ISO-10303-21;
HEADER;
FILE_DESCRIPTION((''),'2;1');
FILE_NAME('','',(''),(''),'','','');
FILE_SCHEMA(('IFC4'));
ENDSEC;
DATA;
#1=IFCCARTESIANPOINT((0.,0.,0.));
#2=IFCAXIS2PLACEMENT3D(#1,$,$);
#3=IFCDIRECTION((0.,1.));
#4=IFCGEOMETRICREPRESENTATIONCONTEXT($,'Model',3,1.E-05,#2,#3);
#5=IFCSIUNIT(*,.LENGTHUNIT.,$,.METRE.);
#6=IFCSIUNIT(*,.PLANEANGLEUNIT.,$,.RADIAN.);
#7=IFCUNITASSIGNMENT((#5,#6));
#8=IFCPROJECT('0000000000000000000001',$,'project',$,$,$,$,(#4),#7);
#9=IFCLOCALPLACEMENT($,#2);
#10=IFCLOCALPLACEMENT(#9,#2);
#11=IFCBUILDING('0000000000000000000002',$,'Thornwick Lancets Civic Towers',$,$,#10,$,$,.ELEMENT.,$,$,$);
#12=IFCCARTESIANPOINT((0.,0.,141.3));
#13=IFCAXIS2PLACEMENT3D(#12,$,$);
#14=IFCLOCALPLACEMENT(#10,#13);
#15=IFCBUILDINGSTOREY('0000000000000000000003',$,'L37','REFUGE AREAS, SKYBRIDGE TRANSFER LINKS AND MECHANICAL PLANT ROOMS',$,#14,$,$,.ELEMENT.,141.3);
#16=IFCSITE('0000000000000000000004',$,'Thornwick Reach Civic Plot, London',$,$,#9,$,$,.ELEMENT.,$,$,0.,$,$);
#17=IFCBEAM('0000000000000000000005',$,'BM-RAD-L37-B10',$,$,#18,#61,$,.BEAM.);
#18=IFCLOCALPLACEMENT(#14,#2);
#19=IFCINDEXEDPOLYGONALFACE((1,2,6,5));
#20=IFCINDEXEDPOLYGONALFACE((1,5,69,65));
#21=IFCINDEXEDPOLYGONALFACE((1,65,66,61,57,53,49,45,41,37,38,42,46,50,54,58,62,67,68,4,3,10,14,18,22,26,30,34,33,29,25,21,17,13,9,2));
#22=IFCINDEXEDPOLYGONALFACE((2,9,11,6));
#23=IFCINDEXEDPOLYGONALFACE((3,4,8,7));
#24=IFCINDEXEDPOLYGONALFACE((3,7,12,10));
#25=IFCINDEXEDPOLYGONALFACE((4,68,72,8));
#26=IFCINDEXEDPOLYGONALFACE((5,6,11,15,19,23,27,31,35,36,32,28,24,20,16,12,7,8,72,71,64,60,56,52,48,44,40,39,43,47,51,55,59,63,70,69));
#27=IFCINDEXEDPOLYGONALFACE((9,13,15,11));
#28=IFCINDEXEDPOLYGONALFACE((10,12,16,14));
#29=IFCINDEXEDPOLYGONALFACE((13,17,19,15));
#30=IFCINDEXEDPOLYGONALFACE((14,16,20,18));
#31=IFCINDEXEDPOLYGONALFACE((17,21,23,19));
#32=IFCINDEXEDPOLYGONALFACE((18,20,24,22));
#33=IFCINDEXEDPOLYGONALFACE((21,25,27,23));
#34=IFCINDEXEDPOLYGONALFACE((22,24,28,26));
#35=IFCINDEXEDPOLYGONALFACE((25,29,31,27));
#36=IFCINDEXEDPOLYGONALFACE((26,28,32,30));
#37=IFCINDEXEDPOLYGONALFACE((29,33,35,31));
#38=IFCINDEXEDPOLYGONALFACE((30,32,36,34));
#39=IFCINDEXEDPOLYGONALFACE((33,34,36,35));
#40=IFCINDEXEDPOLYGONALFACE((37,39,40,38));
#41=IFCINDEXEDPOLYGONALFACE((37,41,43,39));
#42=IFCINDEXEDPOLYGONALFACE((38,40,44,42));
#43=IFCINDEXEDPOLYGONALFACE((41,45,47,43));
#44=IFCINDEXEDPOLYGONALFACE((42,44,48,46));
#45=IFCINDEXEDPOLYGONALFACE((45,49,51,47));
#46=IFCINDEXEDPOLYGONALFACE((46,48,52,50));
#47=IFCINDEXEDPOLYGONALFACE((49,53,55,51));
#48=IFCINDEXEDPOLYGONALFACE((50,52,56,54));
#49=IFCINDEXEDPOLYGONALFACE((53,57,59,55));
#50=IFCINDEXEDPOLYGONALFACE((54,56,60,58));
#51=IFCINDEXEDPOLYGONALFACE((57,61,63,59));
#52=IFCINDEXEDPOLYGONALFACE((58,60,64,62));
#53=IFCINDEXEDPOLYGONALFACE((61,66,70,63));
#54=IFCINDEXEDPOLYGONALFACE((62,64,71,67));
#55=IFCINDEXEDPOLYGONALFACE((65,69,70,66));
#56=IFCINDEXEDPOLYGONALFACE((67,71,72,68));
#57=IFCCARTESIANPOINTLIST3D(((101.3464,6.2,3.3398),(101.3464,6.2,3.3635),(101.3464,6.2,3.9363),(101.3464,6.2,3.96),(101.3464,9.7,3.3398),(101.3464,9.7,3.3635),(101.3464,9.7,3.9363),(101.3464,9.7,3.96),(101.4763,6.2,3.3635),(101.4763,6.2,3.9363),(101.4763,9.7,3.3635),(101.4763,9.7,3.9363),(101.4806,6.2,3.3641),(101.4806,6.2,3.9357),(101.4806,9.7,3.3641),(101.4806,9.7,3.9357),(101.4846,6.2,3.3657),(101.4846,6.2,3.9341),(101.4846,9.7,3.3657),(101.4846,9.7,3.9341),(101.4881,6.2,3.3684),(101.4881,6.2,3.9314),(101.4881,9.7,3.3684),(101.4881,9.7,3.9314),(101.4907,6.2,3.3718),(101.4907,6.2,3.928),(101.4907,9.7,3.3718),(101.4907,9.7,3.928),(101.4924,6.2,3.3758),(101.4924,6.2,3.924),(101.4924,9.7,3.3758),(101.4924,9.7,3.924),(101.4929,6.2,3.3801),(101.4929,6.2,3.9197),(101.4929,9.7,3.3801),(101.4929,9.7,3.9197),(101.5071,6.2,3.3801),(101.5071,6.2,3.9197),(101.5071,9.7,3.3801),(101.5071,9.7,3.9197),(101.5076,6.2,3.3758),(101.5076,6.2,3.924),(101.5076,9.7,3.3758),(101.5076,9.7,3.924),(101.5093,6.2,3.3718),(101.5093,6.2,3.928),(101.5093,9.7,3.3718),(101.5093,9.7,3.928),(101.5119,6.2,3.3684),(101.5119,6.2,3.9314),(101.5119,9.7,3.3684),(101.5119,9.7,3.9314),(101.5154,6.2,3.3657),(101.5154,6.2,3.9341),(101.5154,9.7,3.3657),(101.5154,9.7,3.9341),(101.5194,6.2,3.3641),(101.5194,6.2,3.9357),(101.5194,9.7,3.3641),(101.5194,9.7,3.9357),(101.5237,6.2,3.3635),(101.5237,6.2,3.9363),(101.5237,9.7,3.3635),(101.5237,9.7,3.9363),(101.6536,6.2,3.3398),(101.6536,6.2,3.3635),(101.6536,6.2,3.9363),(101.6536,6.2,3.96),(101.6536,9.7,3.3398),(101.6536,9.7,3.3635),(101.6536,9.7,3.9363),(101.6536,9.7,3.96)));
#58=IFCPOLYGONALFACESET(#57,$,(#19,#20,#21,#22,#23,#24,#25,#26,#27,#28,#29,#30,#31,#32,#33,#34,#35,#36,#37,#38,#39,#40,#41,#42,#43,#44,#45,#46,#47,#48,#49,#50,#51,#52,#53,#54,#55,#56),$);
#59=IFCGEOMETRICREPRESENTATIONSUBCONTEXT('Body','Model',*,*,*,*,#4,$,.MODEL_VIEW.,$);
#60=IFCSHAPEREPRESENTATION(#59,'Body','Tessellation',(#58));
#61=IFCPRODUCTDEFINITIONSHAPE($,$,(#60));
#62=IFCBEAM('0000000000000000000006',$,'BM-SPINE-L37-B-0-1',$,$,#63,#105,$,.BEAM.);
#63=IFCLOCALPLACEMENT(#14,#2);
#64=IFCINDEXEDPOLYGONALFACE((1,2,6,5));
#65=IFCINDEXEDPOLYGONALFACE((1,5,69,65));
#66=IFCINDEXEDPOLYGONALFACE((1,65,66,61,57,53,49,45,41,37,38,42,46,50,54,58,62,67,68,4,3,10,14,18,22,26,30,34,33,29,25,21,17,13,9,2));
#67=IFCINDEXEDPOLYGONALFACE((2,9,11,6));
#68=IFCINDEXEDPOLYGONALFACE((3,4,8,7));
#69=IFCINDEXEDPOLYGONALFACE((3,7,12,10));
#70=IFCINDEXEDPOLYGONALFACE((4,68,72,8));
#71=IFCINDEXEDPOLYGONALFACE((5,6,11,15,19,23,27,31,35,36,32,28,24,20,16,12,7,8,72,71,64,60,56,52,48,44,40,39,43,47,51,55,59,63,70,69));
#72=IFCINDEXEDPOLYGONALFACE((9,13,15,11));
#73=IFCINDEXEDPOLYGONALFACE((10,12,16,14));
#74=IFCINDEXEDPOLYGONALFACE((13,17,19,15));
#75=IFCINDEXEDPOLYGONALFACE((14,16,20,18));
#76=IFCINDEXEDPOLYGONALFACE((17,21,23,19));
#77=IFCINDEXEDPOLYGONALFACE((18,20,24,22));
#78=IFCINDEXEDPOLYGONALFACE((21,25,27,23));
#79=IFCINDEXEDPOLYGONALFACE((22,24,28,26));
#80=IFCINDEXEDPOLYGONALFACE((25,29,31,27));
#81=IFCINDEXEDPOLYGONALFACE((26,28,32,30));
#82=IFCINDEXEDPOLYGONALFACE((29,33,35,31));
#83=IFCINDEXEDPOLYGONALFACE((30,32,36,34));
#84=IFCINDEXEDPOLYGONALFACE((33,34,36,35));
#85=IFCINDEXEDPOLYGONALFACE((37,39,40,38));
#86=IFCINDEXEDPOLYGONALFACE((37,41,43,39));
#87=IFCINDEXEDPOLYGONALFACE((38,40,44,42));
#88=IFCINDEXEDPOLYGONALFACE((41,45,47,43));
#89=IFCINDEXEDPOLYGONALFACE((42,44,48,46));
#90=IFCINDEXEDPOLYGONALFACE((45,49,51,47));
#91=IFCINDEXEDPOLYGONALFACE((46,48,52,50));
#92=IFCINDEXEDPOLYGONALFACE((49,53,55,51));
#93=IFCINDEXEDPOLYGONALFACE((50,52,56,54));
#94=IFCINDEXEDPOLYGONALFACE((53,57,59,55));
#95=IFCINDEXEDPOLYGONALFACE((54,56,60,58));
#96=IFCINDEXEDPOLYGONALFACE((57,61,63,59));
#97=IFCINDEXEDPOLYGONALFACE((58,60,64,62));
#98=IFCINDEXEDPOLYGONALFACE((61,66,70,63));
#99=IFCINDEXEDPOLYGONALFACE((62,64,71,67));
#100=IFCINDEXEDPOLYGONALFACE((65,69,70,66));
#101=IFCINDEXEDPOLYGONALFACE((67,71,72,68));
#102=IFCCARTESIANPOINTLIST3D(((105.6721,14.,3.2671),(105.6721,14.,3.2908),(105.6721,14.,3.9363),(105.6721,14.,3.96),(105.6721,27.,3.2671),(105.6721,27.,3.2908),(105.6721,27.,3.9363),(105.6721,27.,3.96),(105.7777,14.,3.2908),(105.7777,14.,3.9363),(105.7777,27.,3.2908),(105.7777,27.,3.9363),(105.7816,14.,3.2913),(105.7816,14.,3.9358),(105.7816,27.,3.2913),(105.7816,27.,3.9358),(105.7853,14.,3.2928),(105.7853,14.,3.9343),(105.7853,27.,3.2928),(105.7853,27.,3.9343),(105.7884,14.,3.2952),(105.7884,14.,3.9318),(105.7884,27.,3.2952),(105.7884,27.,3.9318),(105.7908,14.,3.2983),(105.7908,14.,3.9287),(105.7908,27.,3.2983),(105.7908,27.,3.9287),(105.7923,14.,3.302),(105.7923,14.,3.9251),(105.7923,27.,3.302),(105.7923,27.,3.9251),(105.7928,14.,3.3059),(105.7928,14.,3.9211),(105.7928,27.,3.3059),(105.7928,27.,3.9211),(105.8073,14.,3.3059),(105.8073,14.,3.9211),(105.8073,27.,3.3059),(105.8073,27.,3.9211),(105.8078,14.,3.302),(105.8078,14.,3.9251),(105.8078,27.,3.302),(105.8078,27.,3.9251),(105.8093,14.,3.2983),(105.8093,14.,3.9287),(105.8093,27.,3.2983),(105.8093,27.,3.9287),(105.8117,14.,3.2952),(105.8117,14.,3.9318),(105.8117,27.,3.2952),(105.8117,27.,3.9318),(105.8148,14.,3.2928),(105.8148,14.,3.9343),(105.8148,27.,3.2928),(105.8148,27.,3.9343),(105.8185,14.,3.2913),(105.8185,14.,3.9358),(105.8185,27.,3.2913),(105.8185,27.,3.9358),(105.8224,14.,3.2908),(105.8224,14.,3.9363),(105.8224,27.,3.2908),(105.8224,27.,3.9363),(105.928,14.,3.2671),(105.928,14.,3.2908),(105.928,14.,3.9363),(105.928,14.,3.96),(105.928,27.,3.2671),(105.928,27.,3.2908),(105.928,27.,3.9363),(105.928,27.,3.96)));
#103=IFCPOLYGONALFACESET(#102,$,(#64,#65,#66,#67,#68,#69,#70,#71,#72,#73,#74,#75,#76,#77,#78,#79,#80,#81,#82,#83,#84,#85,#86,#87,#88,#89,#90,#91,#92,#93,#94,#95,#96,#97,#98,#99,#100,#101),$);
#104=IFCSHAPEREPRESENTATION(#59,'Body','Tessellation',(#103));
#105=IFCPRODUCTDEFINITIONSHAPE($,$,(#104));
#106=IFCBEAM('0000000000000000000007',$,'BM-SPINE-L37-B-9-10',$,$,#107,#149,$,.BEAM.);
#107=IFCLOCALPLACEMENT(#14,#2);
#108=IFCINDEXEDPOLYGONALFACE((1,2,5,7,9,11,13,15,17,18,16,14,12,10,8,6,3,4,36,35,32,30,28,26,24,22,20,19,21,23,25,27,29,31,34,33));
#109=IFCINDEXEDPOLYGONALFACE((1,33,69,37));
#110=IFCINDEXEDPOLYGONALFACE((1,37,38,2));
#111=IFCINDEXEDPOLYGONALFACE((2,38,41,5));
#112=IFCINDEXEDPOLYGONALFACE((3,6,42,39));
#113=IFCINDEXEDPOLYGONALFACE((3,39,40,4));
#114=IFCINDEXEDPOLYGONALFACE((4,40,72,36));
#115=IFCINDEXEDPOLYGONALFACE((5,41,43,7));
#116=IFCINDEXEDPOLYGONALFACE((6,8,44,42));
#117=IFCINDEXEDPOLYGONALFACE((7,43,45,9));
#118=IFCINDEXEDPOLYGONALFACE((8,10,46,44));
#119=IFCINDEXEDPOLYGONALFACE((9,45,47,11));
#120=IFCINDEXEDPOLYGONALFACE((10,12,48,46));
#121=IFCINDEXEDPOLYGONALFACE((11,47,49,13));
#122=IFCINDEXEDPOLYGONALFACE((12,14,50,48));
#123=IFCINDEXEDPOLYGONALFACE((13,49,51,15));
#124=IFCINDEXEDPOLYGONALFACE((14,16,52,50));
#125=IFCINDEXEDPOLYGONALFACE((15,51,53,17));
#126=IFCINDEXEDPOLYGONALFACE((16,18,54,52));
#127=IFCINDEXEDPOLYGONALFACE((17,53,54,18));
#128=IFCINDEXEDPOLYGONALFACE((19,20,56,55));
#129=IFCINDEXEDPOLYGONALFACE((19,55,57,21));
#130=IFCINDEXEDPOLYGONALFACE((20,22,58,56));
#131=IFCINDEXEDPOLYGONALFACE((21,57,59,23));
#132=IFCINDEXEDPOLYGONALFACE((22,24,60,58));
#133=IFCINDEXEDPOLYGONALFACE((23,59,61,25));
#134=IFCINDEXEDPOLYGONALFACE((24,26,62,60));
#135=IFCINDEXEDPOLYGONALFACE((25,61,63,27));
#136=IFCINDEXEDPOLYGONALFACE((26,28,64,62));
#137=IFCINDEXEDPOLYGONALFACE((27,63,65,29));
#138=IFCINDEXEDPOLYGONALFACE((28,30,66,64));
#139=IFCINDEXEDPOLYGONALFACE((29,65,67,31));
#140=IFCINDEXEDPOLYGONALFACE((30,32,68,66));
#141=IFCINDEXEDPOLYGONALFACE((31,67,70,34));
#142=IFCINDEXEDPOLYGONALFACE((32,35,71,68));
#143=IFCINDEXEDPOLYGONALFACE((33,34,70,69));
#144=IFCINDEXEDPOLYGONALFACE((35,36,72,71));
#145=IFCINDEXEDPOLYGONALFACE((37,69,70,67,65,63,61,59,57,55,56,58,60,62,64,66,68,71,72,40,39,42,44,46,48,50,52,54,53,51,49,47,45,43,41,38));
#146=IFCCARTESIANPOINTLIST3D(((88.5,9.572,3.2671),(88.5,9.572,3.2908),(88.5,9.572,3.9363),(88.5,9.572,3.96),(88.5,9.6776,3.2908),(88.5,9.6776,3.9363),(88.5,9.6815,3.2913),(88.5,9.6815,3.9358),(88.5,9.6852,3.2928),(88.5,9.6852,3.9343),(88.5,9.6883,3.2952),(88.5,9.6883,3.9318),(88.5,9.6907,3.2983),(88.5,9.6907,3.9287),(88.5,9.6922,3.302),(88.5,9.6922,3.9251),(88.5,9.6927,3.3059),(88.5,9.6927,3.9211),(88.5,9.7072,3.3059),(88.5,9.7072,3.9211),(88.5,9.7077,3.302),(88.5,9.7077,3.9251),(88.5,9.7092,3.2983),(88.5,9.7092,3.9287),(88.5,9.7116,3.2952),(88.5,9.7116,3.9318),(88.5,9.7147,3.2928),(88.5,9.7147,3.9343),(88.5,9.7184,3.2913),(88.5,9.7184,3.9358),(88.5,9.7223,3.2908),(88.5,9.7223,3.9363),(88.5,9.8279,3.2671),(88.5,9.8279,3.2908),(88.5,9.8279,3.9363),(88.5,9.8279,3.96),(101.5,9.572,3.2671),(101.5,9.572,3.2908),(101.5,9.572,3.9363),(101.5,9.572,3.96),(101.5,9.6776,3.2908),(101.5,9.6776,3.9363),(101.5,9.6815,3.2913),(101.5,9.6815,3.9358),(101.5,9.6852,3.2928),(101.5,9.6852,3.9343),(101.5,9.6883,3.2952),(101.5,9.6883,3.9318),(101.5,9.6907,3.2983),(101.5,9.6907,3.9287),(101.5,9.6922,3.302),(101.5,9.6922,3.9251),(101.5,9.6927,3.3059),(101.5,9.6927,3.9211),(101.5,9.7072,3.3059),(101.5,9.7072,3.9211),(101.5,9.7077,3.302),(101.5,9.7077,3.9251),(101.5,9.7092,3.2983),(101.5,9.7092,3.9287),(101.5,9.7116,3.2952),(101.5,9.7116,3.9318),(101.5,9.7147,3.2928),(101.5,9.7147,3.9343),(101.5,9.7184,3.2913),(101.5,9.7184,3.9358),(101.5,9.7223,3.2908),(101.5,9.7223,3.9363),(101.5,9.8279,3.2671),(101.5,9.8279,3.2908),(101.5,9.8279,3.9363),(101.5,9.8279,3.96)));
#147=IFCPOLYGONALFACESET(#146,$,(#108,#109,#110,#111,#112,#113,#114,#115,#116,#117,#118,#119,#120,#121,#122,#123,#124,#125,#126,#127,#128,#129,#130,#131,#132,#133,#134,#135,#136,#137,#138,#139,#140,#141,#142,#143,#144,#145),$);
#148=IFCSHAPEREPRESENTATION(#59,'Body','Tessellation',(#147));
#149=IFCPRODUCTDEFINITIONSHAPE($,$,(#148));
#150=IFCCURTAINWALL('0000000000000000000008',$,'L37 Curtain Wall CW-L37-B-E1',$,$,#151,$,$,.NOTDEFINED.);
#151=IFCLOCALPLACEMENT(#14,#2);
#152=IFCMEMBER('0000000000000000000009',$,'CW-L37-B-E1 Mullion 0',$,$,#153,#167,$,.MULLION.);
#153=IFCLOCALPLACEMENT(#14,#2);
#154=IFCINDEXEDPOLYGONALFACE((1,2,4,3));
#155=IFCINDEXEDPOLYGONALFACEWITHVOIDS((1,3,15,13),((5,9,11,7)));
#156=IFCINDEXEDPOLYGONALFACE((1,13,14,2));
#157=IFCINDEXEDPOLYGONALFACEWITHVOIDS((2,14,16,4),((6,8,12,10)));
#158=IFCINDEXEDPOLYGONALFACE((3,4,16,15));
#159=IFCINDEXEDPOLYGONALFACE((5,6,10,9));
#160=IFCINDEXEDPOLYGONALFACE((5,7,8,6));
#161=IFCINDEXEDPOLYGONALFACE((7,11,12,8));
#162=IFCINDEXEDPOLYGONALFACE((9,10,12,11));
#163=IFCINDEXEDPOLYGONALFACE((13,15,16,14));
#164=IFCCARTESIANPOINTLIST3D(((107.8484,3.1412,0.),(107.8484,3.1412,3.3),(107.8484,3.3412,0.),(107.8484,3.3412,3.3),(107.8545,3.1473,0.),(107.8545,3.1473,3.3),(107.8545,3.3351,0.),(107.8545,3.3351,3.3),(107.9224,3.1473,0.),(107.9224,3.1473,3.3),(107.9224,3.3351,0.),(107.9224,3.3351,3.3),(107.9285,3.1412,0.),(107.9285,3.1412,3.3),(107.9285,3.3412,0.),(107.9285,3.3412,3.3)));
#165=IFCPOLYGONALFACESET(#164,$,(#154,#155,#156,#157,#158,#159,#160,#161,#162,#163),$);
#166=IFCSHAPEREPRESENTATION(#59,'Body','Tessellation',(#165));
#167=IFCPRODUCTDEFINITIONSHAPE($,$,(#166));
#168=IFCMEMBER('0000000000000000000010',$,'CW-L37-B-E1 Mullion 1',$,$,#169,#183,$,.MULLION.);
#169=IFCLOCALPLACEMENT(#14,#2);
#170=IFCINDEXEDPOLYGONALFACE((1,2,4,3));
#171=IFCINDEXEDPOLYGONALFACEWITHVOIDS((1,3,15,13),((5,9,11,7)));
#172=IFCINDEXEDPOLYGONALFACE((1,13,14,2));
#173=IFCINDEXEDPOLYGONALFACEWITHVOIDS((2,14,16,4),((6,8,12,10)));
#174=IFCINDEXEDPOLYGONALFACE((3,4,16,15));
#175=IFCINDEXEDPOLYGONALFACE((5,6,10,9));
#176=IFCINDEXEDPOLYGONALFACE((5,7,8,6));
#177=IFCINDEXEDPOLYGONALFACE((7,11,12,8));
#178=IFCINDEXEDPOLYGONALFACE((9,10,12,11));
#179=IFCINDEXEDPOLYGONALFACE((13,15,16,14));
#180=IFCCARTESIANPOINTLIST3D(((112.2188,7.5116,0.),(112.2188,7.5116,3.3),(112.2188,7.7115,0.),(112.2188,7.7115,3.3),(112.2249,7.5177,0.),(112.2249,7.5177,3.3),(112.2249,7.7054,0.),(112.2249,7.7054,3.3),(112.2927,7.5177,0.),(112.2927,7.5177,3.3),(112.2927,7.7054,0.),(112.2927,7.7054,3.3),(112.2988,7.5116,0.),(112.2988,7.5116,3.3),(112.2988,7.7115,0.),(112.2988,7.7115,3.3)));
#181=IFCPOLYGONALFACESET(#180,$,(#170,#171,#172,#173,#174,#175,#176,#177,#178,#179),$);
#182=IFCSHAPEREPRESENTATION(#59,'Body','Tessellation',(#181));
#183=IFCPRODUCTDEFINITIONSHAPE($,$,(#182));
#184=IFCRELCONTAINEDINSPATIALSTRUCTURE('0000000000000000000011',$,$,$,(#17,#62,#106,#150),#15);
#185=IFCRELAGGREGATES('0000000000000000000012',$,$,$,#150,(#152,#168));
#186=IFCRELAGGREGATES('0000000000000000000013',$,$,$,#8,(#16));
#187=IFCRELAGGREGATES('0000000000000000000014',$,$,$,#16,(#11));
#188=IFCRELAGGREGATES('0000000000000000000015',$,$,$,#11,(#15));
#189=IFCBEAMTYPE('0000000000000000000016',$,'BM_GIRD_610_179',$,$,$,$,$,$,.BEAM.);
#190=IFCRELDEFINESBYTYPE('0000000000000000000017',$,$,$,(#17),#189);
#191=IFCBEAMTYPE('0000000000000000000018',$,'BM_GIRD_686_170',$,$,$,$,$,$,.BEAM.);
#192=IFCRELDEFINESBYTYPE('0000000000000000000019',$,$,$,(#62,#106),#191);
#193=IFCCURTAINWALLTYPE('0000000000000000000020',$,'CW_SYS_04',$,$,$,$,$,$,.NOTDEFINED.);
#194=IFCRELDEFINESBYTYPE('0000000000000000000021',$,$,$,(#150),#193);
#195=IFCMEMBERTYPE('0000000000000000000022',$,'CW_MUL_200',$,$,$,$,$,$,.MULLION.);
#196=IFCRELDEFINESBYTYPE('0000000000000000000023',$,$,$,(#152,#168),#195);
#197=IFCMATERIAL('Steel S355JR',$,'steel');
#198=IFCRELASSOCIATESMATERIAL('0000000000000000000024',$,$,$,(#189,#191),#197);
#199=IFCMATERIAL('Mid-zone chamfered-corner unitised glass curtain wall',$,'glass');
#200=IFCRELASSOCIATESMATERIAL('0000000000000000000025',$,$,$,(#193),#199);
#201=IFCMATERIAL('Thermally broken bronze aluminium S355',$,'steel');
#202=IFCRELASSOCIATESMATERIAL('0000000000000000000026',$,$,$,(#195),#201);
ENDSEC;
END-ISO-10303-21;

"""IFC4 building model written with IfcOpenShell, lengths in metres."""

from ifc_helpers import new_model, si_unit, direction, frame, origin, origin_2d, place, context, subcontext, project, spatial, hollow_rectangle, i_section, extrude, material, material_profile, profile_set, type_object, element, aggregate, save


model = new_model("IFC4")

# Units and contexts
model_context = context("Model", 3, precision=1e-05, world=origin(), true_north=direction((0.0, 1.0)))
body_context = subcontext(model_context, "Body", "Model", "MODEL_VIEW")
ifc_project = project(units=[si_unit("LENGTHUNIT", "METRE"), si_unit("PLANEANGLEUNIT", "RADIAN")], contexts=[model_context])

# Site, building, storey
site_placement = place(None, origin())
site = spatial("IfcSite", under=ifc_project, at=site_placement, Name="Thornwick Reach Civic Plot, London", CompositionType="ELEMENT", RefElevation=0.0)
building_placement = place(site_placement, origin())
building = spatial("IfcBuilding", under=site, at=building_placement, Name="Thornwick Lancets Civic Towers", CompositionType="ELEMENT")
storey_placement = place(building_placement, frame((0.0, 0.0, 141.3)))
storey = spatial("IfcBuildingStorey", under=building, at=storey_placement, Name="L37", Description="REFUGE AREAS, SKYBRIDGE TRANSFER LINKS AND MECHANICAL PLANT ROOMS", CompositionType="ELEMENT", Elevation=141.3)

# Beams
ifc_material_1 = material(Name="Steel S355JR", Category="steel")
ifc_material_profile_1 = material_profile(ifc_material_1, i_section(OverallWidth=0.3071, OverallDepth=0.6201, WebThickness=0.0142, FlangeThickness=0.0237, FilletRadius=0.0166, at=origin_2d()), Name="UKB 610x305x179")
ifc_profile_set_1 = profile_set([ifc_material_profile_1], Name="Steel S355JR")
beam_type_1 = type_object("IfcBeamType", Name="BM_GIRD_610_179", PredefinedType="BEAM", material=ifc_profile_set_1)
for number, where, z_axis, x_axis, name in (
    (1, (101.5, 9.7, 3.6499), (0.0, -1.0, 0.0), (1.0, 0.0, 0.0), "BM-RAD-L37-B10"),
):
    element("IfcBeam", number, at=place(storey_placement, frame(where, z_axis=z_axis, x_axis=x_axis)), inside=storey, type_object=beam_type_1, Name=name, PredefinedType="BEAM", context=body_context, shape_type="SweptSolid", body=[
        extrude(i_section(OverallWidth=0.3071, OverallDepth=0.6201, WebThickness=0.0142, FlangeThickness=0.0237, FilletRadius=0.0166, at=origin_2d()), origin(), (0.0, 0.0, 1.0), 3.5),
    ])
ifc_material_profile_2 = material_profile(ifc_material_1, i_section(OverallWidth=0.2559, OverallDepth=0.6929, WebThickness=0.0144, FlangeThickness=0.0237, FilletRadius=0.0151, at=origin_2d()), Name="UKB 686x254x170")
ifc_profile_set_2 = profile_set([ifc_material_profile_2], Name="Steel S355JR")
beam_type_2 = type_object("IfcBeamType", Name="BM_GIRD_686_170", PredefinedType="BEAM", material=ifc_profile_set_2)
for number, where, z_axis, x_axis, name in (
    (2, (105.8, 14.0, 3.6135), (0.0, 1.0, 0.0), (-1.0, 0.0, 0.0), "BM-SPINE-L37-B-0-1"),
    (3, (101.5, 9.7, 3.6135), (-1.0, 0.0, 0.0), (0.0, -1.0, 0.0), "BM-SPINE-L37-B-9-10"),
):
    element("IfcBeam", number, at=place(storey_placement, frame(where, z_axis=z_axis, x_axis=x_axis)), inside=storey, type_object=beam_type_2, Name=name, PredefinedType="BEAM", context=body_context, shape_type="SweptSolid", body=[
        extrude(i_section(OverallWidth=0.2559, OverallDepth=0.6929, WebThickness=0.0144, FlangeThickness=0.0237, FilletRadius=0.0151, at=origin_2d()), origin(), (0.0, 0.0, 1.0), 13.0),
    ])

# Curtain wall, members
ifc_material_2 = material(Name="Mid-zone chamfered-corner unitised glass curtain wall", Category="glass")
curtain_wall_type = type_object("IfcCurtainWallType", Name="CW_SYS_04", PredefinedType="NOTDEFINED", material=ifc_material_2)
curtain_wall_placement = place(storey_placement, origin())
curtain_wall = element("IfcCurtainWall", 4, at=curtain_wall_placement, inside=storey, type_object=curtain_wall_type, Name="L37 Curtain Wall CW-L37-B-E1", PredefinedType="NOTDEFINED")
ifc_material_3 = material(Name="Thermally broken bronze aluminium S355", Category="steel")
ifc_material_profile_3 = material_profile(ifc_material_3, hollow_rectangle(XDim=0.0801, YDim=0.2, WallThickness=0.0061, at=origin_2d()), Name="RHS 200x80x6")
ifc_profile_set_3 = profile_set([ifc_material_profile_3], Name="Thermally broken bronze aluminium S355")
member_type_1 = type_object("IfcMemberType", Name="CW_MUL_200", PredefinedType="MULLION", material=ifc_profile_set_3)
member_1_placement = place(storey_placement, frame((107.8884, 3.2412, 0.0), z_axis=(0.0, 0.0, 1.0), x_axis=(1.0, 0.0, 0.0)))
member_1 = element("IfcMember", 5, at=member_1_placement, type_object=member_type_1, Name="CW-L37-B-E1 Mullion 0", PredefinedType="MULLION", context=body_context, shape_type="SweptSolid", body=[
    extrude(hollow_rectangle(XDim=0.0801, YDim=0.2, WallThickness=0.0061, at=origin_2d()), origin(), (0.0, 0.0, 1.0), 3.3),
])
member_2_placement = place(storey_placement, frame((112.2588, 7.6116, 0.0), z_axis=(0.0, 0.0, 1.0), x_axis=(1.0, 0.0, 0.0)))
member_2 = element("IfcMember", 6, at=member_2_placement, type_object=member_type_1, Name="CW-L37-B-E1 Mullion 1", PredefinedType="MULLION", context=body_context, shape_type="SweptSolid", body=[
    extrude(hollow_rectangle(XDim=0.0801, YDim=0.2, WallThickness=0.0061, at=origin_2d()), origin(), (0.0, 0.0, 1.0), 3.3),
])

aggregate(curtain_wall, [member_1, member_2])

save(model, "model.ifc")
